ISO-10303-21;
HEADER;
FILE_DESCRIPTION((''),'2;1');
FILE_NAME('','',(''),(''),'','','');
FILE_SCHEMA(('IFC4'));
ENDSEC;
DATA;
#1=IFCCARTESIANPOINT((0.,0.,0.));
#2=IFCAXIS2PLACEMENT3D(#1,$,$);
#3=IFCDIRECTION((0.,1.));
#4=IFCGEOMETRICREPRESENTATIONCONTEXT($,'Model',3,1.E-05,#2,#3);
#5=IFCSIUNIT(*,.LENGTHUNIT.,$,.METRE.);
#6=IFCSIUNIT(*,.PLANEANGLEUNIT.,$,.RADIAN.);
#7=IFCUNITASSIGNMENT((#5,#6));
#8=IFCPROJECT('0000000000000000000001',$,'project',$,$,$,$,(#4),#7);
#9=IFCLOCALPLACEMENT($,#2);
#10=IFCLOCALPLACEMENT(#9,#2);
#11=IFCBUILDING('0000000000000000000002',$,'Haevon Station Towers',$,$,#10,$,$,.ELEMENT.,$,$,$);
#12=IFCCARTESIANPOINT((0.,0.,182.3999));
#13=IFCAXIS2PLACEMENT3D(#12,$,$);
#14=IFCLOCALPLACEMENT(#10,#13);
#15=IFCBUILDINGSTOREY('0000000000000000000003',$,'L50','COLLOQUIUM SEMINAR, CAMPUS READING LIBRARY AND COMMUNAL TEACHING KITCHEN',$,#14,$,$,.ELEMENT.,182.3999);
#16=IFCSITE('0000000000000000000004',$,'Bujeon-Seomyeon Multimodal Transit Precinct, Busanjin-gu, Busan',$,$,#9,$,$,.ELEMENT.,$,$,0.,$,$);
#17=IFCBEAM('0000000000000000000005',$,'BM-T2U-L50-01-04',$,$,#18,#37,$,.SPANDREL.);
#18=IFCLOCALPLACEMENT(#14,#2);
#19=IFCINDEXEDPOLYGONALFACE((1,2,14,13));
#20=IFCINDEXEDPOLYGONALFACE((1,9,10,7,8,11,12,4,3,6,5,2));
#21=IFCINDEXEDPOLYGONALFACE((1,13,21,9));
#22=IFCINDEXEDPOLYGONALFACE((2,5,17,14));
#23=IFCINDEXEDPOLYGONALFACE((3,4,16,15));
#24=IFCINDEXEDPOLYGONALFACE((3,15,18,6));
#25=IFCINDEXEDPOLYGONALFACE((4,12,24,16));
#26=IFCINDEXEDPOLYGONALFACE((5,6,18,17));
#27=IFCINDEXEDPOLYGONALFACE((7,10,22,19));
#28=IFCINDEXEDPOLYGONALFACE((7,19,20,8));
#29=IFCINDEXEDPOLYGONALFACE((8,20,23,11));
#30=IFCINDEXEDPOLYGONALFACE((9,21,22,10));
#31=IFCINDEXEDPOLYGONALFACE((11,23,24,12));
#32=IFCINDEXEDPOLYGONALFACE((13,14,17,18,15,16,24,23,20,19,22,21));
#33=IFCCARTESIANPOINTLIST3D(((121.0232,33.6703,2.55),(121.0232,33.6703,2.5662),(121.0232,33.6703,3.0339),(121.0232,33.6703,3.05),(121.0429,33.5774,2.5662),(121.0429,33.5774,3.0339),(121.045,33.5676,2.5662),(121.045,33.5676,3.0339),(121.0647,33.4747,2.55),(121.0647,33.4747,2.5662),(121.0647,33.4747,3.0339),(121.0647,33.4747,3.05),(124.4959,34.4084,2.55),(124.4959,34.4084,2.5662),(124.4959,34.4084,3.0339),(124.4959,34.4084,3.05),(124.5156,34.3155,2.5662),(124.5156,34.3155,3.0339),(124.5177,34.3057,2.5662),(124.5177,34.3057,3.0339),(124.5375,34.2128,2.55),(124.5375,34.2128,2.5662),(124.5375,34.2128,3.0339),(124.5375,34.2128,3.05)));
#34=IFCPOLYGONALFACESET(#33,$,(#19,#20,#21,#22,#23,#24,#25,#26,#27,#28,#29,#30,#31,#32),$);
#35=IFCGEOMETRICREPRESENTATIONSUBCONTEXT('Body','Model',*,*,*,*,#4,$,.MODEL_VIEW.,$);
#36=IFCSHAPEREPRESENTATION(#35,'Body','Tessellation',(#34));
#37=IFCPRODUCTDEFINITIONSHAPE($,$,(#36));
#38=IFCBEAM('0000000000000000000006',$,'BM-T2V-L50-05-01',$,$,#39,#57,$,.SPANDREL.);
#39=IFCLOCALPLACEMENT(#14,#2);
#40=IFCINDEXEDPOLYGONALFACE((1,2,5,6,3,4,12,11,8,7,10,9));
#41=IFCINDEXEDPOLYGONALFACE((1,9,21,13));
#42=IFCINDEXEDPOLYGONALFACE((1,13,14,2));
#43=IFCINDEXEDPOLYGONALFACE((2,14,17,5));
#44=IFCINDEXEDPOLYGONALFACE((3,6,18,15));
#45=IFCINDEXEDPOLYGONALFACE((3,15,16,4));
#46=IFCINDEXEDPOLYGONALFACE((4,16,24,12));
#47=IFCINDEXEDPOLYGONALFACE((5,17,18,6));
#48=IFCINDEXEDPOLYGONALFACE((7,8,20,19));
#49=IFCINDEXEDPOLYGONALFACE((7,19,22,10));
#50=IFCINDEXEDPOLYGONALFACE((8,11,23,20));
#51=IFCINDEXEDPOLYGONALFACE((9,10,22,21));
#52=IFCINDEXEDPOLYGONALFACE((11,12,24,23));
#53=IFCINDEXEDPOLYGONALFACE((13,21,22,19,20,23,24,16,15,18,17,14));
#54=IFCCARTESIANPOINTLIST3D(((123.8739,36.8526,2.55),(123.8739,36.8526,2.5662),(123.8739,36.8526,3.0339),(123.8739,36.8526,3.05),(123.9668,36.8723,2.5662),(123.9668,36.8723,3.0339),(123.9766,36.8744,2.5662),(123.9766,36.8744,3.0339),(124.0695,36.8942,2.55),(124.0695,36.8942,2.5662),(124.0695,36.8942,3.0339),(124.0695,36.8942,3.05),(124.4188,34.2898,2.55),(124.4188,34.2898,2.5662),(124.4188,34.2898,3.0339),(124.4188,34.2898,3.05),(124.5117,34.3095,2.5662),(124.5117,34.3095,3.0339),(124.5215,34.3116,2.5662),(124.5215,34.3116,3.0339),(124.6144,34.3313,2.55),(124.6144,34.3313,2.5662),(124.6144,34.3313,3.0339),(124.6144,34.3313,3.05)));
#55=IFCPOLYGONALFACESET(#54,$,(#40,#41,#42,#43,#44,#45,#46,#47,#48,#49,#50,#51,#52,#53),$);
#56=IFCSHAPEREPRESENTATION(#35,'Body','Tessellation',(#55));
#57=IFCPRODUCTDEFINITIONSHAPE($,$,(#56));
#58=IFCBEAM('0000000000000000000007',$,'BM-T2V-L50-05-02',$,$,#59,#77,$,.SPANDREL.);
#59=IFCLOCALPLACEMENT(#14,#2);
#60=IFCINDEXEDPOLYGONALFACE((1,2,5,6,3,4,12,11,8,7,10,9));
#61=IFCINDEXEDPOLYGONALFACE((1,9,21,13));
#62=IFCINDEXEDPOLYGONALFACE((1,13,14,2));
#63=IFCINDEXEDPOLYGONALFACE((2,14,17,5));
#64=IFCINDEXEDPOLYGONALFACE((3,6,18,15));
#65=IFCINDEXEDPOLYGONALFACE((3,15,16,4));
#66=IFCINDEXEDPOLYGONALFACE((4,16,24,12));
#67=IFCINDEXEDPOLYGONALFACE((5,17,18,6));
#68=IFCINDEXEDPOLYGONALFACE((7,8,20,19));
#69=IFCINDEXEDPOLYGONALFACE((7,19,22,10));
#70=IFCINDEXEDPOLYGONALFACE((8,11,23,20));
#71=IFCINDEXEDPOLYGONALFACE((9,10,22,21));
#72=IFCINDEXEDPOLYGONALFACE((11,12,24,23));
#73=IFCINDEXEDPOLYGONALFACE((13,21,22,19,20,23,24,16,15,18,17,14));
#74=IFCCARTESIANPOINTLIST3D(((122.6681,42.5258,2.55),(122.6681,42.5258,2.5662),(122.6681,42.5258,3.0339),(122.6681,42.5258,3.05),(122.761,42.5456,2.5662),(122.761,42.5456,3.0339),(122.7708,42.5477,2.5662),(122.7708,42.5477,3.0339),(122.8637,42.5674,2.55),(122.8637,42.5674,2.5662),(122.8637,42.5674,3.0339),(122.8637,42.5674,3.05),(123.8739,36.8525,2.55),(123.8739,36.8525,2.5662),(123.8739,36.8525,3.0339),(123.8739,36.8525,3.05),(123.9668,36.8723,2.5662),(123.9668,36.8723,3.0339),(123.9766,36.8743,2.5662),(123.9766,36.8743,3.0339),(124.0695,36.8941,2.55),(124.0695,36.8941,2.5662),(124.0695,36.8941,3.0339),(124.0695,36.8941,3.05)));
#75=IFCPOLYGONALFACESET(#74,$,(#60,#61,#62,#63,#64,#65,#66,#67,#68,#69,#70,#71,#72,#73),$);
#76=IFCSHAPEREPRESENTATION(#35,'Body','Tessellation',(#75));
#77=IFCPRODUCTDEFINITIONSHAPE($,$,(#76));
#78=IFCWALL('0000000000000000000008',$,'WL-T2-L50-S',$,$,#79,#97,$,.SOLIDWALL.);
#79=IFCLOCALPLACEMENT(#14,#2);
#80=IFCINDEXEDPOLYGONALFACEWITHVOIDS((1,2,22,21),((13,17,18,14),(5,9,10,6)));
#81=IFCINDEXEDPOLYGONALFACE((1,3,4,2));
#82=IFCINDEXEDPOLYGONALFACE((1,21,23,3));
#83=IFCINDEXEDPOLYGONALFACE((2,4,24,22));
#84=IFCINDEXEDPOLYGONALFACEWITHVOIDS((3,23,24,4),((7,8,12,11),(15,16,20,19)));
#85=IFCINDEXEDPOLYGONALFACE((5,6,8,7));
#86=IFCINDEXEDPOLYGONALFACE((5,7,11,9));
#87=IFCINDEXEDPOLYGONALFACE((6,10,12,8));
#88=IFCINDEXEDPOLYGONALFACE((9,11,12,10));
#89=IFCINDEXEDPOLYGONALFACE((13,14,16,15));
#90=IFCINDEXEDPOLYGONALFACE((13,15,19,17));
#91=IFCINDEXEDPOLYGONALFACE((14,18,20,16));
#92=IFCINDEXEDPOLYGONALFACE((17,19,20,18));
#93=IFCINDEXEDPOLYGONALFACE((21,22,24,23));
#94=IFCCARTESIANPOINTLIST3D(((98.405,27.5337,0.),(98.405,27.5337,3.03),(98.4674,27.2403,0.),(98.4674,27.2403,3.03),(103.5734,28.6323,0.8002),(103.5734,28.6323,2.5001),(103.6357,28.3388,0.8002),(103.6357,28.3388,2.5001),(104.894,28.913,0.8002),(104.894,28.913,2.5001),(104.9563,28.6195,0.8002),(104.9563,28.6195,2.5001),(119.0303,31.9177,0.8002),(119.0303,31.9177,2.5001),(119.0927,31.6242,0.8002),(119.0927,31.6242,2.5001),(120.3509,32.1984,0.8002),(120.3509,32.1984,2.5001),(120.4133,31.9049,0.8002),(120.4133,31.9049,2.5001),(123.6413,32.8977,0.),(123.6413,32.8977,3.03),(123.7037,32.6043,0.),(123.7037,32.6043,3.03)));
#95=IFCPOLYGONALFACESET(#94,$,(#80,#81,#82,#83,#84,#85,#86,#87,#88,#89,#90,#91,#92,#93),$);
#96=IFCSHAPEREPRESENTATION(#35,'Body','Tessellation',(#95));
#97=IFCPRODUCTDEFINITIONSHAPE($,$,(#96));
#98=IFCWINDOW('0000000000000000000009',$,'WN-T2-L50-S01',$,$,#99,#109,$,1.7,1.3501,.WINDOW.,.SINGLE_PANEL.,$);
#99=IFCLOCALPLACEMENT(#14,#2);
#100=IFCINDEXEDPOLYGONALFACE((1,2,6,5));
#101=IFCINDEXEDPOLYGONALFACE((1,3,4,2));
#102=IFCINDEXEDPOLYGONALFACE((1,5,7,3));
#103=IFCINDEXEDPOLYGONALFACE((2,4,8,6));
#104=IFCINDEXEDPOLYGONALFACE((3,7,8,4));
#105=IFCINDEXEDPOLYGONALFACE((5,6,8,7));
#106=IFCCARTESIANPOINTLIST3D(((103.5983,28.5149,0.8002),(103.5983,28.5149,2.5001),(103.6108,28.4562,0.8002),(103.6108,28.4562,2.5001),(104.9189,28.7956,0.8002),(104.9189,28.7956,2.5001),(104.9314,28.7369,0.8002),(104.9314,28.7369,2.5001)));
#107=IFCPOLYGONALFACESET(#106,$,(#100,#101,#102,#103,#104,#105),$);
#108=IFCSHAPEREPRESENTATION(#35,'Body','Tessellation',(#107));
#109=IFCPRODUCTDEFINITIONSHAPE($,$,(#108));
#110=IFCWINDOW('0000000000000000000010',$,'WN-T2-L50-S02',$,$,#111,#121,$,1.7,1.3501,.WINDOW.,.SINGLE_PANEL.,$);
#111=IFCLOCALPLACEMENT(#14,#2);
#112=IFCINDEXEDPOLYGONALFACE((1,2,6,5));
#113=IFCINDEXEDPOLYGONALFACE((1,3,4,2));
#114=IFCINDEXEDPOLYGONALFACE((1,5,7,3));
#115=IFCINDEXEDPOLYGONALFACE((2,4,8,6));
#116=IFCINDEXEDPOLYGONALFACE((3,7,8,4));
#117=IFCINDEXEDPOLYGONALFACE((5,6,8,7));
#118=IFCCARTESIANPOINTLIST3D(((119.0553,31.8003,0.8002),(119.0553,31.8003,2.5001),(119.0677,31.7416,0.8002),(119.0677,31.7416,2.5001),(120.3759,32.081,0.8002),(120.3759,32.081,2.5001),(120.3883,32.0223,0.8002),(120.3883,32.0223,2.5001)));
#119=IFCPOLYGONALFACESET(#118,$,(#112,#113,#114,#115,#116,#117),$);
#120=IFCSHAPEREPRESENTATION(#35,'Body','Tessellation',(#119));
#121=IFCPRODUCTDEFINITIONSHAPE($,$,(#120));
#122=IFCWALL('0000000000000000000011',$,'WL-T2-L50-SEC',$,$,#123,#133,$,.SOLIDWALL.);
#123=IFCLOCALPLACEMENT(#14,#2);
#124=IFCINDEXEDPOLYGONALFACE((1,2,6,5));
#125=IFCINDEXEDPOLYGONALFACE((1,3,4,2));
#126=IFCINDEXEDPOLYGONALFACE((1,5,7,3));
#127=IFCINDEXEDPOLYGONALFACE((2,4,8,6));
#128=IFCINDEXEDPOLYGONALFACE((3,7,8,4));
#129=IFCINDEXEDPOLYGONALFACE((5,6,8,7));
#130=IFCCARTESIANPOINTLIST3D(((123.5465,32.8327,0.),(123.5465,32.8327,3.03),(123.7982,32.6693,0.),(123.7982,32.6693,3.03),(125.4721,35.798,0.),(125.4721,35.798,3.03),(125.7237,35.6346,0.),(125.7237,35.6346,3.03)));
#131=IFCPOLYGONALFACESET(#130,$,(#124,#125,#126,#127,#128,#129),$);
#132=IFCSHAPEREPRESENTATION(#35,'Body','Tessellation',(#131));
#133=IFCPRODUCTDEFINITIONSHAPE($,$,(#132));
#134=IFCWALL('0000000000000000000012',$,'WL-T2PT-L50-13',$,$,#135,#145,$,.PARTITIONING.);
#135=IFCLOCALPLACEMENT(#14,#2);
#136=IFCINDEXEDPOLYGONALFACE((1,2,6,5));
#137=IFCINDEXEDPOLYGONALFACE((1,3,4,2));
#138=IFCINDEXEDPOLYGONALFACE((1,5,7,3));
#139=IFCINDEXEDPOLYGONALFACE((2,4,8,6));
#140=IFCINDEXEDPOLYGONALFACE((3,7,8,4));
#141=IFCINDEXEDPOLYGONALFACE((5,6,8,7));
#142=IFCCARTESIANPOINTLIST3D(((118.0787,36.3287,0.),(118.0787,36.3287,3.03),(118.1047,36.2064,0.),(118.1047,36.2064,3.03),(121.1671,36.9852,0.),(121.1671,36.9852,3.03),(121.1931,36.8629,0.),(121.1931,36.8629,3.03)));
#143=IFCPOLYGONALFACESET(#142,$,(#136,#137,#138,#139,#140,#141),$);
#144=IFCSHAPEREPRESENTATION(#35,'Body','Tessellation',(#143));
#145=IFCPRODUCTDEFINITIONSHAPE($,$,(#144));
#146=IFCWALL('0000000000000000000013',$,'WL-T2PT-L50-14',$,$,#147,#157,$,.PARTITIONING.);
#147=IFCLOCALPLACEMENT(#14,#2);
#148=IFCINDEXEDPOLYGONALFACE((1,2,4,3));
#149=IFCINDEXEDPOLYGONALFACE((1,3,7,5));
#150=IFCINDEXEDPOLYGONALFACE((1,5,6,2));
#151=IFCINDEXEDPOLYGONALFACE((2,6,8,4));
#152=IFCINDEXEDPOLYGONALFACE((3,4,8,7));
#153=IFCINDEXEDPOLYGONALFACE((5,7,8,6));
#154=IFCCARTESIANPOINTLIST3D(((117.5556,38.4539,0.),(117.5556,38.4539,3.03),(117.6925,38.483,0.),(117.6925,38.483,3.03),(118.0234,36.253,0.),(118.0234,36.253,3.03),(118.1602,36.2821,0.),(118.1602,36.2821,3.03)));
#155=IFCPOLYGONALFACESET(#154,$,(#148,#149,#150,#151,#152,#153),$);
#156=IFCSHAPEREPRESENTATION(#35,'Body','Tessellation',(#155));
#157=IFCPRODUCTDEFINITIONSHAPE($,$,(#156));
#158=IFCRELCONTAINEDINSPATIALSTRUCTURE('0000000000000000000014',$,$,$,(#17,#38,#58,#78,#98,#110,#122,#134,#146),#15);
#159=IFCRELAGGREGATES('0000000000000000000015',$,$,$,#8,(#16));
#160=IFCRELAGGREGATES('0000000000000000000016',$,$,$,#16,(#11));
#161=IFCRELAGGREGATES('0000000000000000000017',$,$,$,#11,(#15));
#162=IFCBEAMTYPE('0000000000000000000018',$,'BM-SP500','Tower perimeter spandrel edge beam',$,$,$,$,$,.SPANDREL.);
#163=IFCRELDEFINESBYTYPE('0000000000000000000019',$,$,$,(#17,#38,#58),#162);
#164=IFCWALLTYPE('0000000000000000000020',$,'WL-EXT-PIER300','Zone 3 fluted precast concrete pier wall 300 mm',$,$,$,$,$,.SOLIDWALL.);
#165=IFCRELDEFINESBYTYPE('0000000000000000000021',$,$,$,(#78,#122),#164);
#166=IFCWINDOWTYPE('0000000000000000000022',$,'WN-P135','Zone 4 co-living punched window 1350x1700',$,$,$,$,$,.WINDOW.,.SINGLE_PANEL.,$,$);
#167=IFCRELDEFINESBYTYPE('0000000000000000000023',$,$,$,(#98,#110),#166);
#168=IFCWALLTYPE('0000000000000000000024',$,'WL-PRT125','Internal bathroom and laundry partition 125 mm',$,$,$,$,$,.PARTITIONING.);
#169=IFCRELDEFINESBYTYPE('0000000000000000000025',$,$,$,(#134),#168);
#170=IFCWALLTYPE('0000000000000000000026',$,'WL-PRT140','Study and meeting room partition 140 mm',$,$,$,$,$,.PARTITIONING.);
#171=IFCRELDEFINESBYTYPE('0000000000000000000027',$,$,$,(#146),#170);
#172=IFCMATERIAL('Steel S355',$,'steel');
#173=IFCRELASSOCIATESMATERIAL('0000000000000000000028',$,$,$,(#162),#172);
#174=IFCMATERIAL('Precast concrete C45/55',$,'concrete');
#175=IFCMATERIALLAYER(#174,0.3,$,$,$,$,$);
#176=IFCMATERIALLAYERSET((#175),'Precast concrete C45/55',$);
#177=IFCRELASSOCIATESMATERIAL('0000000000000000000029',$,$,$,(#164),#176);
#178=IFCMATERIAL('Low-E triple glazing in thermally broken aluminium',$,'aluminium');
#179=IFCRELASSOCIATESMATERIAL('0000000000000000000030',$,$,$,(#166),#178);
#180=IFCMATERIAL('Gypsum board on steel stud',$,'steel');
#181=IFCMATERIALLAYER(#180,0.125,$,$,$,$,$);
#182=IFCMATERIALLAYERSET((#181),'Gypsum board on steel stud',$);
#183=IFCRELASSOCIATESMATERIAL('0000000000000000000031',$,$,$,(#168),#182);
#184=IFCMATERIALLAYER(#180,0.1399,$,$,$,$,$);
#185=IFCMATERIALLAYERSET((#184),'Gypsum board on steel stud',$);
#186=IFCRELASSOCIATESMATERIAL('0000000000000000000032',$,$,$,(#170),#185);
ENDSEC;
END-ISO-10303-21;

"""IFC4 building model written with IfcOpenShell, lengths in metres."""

from ifc_helpers import new_model, si_unit, direction, frame, frame_2d, origin, origin_2d, place, context, subcontext, project, spatial, rectangle, i_section, extrude, material, layer, layer_set, material_profile, profile_set, type_object, element, fill, save


model = new_model("IFC4")

# Units and contexts
model_context = context("Model", 3, precision=1e-05, world=origin(), true_north=direction((0.0, 1.0)))
body_context = subcontext(model_context, "Body", "Model", "MODEL_VIEW")
ifc_project = project(units=[si_unit("LENGTHUNIT", "METRE"), si_unit("PLANEANGLEUNIT", "RADIAN")], contexts=[model_context])

# Site, building, storey
site_placement = place(None, origin())
site = spatial("IfcSite", under=ifc_project, at=site_placement, Name="Bujeon-Seomyeon Multimodal Transit Precinct, Busanjin-gu, Busan", CompositionType="ELEMENT", RefElevation=0.0)
building_placement = place(site_placement, origin())
building = spatial("IfcBuilding", under=site, at=building_placement, Name="Haevon Station Towers", CompositionType="ELEMENT")
storey_placement = place(building_placement, frame((0.0, 0.0, 182.3999)))
storey = spatial("IfcBuildingStorey", under=building, at=storey_placement, Name="L50", Description="COLLOQUIUM SEMINAR, CAMPUS READING LIBRARY AND COMMUNAL TEACHING KITCHEN", CompositionType="ELEMENT", Elevation=182.3999)

# Shared definitions
ifc_material_1 = material(Name="Steel S355", Category="steel")

# Beams
ifc_material_profile_1 = material_profile(ifc_material_1, i_section(OverallWidth=0.2, OverallDepth=0.5, WebThickness=0.01, FlangeThickness=0.0161, at=origin_2d()), Name="H-500x200x10x16")
ifc_profile_set_1 = profile_set([ifc_material_profile_1], Name="Steel S355")
beam_type_1 = type_object("IfcBeamType", Name="BM-SP500", Description="Tower perimeter spandrel edge beam", PredefinedType="SPANDREL", material=ifc_profile_set_1)
beam_1_placement = place(storey_placement, frame((121.0439, 33.5725, 2.8), z_axis=(0.978153, 0.207885, 0.0), x_axis=(-0.207885, 0.978153, 0.0)))
element("IfcBeam", 1, at=beam_1_placement, inside=storey, type_object=beam_type_1, Name="BM-T2U-L50-01-04", PredefinedType="SPANDREL", context=body_context, shape_type="SweptSolid", body=[
    extrude(i_section(OverallWidth=0.2, OverallDepth=0.5, WebThickness=0.01, FlangeThickness=0.0161, at=origin_2d()), origin(), (0.0, 0.0, 1.0), 3.5503),
])
beam_2_placement = place(storey_placement, frame((124.5166, 34.3105, 2.8), z_axis=(-0.207982, 0.978133, 0.0), x_axis=(-0.978133, -0.207982, 0.0)))
element("IfcBeam", 2, at=beam_2_placement, inside=storey, type_object=beam_type_1, Name="BM-T2V-L50-05-01", PredefinedType="SPANDREL", context=body_context, shape_type="SweptSolid", body=[
    extrude(i_section(OverallWidth=0.2, OverallDepth=0.5, WebThickness=0.01, FlangeThickness=0.0161, at=origin_2d()), origin(), (0.0, 0.0, 1.0), 2.6201),
])
beam_3_placement = place(storey_placement, frame((123.9717, 36.8733, 2.8), z_axis=(-0.207896, 0.978151, 0.0), x_axis=(-0.978151, -0.207896, 0.0)))
element("IfcBeam", 3, at=beam_3_placement, inside=storey, type_object=beam_type_1, Name="BM-T2V-L50-05-02", PredefinedType="SPANDREL", context=body_context, shape_type="SweptSolid", body=[
    extrude(i_section(OverallWidth=0.2, OverallDepth=0.5, WebThickness=0.01, FlangeThickness=0.0161, at=origin_2d()), origin(), (0.0, 0.0, 1.0), 5.8),
])

# Wall, openings, windows
ifc_material_2 = material(Name="Precast concrete C45/55", Category="concrete")
ifc_layer_1 = layer(ifc_material_2, 0.3)
ifc_layer_set_1 = layer_set([ifc_layer_1], Name="Precast concrete C45/55")
wall_type_1 = type_object("IfcWallType", Name="WL-EXT-PIER300", Description="Zone 3 fluted precast concrete pier wall 300 mm", PredefinedType="SOLIDWALL", material=ifc_layer_set_1)
wall_1_placement = place(storey_placement, frame((123.6724, 32.751, 0.0), z_axis=(0.0, 0.0, 1.0), x_axis=(-0.978149, -0.207907, 0.0)))
wall_1 = element("IfcWall", 4, at=wall_1_placement, inside=storey, type_object=wall_type_1, Name="WL-T2-L50-S", PredefinedType="SOLIDWALL", context=body_context, shape_type="SweptSolid", body=[
    extrude(rectangle(XDim=25.8, YDim=0.3, at=frame_2d((12.8999, 0.0))), origin(), (0.0, 0.0, 1.0), 3.03),
])
opening_1_placement = place(wall_1_placement, frame((19.166, 0.0, 0.8)))
opening_1 = element("IfcOpeningElement", 5, at=opening_1_placement, cuts=wall_1, PredefinedType="OPENING", context=body_context, shape_type="SweptSolid", body=[
    extrude(rectangle(XDim=1.3501, YDim=1.7, at=frame_2d((0.675, 0.8501))), frame((0.0, 0.1599, 0.0), z_axis=(0.0, -1.0, 0.0), x_axis=(1.0, 0.0, 0.0)), (0.0, 0.0, 1.0), 0.3201),
])
opening_2_placement = place(wall_1_placement, frame((3.3638, 0.0, 0.8)))
opening_2 = element("IfcOpeningElement", 6, at=opening_2_placement, cuts=wall_1, PredefinedType="OPENING", context=body_context, shape_type="SweptSolid", body=[
    extrude(rectangle(XDim=1.3501, YDim=1.7, at=frame_2d((0.675, 0.8501))), frame((0.0, 0.1599, 0.0), z_axis=(0.0, -1.0, 0.0), x_axis=(1.0, 0.0, 0.0)), (0.0, 0.0, 1.0), 0.3201),
])
ifc_material_3 = material(Name="Low-E triple glazing in thermally broken aluminium", Category="aluminium")
window_type = type_object("IfcWindowType", Name="WN-P135", Description="Zone 4 co-living punched window 1350x1700", PartitioningType="SINGLE_PANEL", PredefinedType="WINDOW", material=ifc_material_3)
window_1_placement = place(opening_1_placement, origin())
window_1 = element("IfcWindow", 7, at=window_1_placement, inside=storey, type_object=window_type, Name="WN-T2-L50-S01", OverallHeight=1.7, OverallWidth=1.3501, PartitioningType="SINGLE_PANEL", PredefinedType="WINDOW", context=body_context, shape_type="SweptSolid", body=[
    extrude(rectangle(XDim=1.3501, YDim=1.7, at=frame_2d((0.675, 0.8501))), frame((0.0, 0.03, 0.0), z_axis=(0.0, -1.0, 0.0), x_axis=(1.0, 0.0, 0.0)), (0.0, 0.0, 1.0), 0.0601),
])
fill(opening_1, window_1)
window_2_placement = place(opening_2_placement, origin())
window_2 = element("IfcWindow", 8, at=window_2_placement, inside=storey, type_object=window_type, Name="WN-T2-L50-S02", OverallHeight=1.7, OverallWidth=1.3501, PartitioningType="SINGLE_PANEL", PredefinedType="WINDOW", context=body_context, shape_type="SweptSolid", body=[
    extrude(rectangle(XDim=1.3501, YDim=1.7, at=frame_2d((0.675, 0.8501))), frame((0.0, 0.03, 0.0), z_axis=(0.0, -1.0, 0.0), x_axis=(1.0, 0.0, 0.0)), (0.0, 0.0, 1.0), 0.0601),
])
fill(opening_2, window_2)

# Walls
wall_2_placement = place(storey_placement, frame((125.5979, 35.7163, 0.0), z_axis=(0.0, 0.0, 1.0), x_axis=(-0.544605, -0.838693, 0.0)))
element("IfcWall", 9, at=wall_2_placement, inside=storey, type_object=wall_type_1, Name="WL-T2-L50-SEC", PredefinedType="SOLIDWALL", context=body_context, shape_type="SweptSolid", body=[
    extrude(rectangle(XDim=3.5356, YDim=0.3, at=frame_2d((1.7678, 0.0))), origin(), (0.0, 0.0, 1.0), 3.03),
])
ifc_material_4 = material(Name="Gypsum board on steel stud", Category="steel")
ifc_layer_2 = layer(ifc_material_4, 0.125)
ifc_layer_set_2 = layer_set([ifc_layer_2], Name="Gypsum board on steel stud")
wall_type_2 = type_object("IfcWallType", Name="WL-PRT125", Description="Internal bathroom and laundry partition 125 mm", PredefinedType="PARTITIONING", material=ifc_layer_set_2)
wall_3_placement = place(storey_placement, frame((118.0918, 36.2676, 0.0), z_axis=(0.0, 0.0, 1.0), x_axis=(0.978145, 0.207923, 0.0)))
element("IfcWall", 10, at=wall_3_placement, inside=storey, type_object=wall_type_2, Name="WL-T2PT-L50-13", PredefinedType="PARTITIONING", context=body_context, shape_type="SweptSolid", body=[
    extrude(rectangle(XDim=3.1575, YDim=0.125, at=frame_2d((1.5786, 0.0))), origin(), (0.0, 0.0, 1.0), 3.03),
])
ifc_layer_3 = layer(ifc_material_4, 0.1399)
ifc_layer_set_3 = layer_set([ifc_layer_3], Name="Gypsum board on steel stud")
wall_type_3 = type_object("IfcWallType", Name="WL-PRT140", Description="Study and meeting room partition 140 mm", PredefinedType="PARTITIONING", material=ifc_layer_set_3)
wall_4_placement = place(storey_placement, frame((118.0918, 36.2676, 0.0), z_axis=(0.0, 0.0, 1.0), x_axis=(-0.207891, 0.978152, 0.0)))
element("IfcWall", 11, at=wall_4_placement, inside=storey, type_object=wall_type_3, Name="WL-T2PT-L50-14", PredefinedType="PARTITIONING", context=body_context, shape_type="SweptSolid", body=[
    extrude(rectangle(XDim=2.25, YDim=0.1399, at=frame_2d((1.125, 0.0))), origin(), (0.0, 0.0, 1.0), 3.03),
])

save(model, "model.ifc")
